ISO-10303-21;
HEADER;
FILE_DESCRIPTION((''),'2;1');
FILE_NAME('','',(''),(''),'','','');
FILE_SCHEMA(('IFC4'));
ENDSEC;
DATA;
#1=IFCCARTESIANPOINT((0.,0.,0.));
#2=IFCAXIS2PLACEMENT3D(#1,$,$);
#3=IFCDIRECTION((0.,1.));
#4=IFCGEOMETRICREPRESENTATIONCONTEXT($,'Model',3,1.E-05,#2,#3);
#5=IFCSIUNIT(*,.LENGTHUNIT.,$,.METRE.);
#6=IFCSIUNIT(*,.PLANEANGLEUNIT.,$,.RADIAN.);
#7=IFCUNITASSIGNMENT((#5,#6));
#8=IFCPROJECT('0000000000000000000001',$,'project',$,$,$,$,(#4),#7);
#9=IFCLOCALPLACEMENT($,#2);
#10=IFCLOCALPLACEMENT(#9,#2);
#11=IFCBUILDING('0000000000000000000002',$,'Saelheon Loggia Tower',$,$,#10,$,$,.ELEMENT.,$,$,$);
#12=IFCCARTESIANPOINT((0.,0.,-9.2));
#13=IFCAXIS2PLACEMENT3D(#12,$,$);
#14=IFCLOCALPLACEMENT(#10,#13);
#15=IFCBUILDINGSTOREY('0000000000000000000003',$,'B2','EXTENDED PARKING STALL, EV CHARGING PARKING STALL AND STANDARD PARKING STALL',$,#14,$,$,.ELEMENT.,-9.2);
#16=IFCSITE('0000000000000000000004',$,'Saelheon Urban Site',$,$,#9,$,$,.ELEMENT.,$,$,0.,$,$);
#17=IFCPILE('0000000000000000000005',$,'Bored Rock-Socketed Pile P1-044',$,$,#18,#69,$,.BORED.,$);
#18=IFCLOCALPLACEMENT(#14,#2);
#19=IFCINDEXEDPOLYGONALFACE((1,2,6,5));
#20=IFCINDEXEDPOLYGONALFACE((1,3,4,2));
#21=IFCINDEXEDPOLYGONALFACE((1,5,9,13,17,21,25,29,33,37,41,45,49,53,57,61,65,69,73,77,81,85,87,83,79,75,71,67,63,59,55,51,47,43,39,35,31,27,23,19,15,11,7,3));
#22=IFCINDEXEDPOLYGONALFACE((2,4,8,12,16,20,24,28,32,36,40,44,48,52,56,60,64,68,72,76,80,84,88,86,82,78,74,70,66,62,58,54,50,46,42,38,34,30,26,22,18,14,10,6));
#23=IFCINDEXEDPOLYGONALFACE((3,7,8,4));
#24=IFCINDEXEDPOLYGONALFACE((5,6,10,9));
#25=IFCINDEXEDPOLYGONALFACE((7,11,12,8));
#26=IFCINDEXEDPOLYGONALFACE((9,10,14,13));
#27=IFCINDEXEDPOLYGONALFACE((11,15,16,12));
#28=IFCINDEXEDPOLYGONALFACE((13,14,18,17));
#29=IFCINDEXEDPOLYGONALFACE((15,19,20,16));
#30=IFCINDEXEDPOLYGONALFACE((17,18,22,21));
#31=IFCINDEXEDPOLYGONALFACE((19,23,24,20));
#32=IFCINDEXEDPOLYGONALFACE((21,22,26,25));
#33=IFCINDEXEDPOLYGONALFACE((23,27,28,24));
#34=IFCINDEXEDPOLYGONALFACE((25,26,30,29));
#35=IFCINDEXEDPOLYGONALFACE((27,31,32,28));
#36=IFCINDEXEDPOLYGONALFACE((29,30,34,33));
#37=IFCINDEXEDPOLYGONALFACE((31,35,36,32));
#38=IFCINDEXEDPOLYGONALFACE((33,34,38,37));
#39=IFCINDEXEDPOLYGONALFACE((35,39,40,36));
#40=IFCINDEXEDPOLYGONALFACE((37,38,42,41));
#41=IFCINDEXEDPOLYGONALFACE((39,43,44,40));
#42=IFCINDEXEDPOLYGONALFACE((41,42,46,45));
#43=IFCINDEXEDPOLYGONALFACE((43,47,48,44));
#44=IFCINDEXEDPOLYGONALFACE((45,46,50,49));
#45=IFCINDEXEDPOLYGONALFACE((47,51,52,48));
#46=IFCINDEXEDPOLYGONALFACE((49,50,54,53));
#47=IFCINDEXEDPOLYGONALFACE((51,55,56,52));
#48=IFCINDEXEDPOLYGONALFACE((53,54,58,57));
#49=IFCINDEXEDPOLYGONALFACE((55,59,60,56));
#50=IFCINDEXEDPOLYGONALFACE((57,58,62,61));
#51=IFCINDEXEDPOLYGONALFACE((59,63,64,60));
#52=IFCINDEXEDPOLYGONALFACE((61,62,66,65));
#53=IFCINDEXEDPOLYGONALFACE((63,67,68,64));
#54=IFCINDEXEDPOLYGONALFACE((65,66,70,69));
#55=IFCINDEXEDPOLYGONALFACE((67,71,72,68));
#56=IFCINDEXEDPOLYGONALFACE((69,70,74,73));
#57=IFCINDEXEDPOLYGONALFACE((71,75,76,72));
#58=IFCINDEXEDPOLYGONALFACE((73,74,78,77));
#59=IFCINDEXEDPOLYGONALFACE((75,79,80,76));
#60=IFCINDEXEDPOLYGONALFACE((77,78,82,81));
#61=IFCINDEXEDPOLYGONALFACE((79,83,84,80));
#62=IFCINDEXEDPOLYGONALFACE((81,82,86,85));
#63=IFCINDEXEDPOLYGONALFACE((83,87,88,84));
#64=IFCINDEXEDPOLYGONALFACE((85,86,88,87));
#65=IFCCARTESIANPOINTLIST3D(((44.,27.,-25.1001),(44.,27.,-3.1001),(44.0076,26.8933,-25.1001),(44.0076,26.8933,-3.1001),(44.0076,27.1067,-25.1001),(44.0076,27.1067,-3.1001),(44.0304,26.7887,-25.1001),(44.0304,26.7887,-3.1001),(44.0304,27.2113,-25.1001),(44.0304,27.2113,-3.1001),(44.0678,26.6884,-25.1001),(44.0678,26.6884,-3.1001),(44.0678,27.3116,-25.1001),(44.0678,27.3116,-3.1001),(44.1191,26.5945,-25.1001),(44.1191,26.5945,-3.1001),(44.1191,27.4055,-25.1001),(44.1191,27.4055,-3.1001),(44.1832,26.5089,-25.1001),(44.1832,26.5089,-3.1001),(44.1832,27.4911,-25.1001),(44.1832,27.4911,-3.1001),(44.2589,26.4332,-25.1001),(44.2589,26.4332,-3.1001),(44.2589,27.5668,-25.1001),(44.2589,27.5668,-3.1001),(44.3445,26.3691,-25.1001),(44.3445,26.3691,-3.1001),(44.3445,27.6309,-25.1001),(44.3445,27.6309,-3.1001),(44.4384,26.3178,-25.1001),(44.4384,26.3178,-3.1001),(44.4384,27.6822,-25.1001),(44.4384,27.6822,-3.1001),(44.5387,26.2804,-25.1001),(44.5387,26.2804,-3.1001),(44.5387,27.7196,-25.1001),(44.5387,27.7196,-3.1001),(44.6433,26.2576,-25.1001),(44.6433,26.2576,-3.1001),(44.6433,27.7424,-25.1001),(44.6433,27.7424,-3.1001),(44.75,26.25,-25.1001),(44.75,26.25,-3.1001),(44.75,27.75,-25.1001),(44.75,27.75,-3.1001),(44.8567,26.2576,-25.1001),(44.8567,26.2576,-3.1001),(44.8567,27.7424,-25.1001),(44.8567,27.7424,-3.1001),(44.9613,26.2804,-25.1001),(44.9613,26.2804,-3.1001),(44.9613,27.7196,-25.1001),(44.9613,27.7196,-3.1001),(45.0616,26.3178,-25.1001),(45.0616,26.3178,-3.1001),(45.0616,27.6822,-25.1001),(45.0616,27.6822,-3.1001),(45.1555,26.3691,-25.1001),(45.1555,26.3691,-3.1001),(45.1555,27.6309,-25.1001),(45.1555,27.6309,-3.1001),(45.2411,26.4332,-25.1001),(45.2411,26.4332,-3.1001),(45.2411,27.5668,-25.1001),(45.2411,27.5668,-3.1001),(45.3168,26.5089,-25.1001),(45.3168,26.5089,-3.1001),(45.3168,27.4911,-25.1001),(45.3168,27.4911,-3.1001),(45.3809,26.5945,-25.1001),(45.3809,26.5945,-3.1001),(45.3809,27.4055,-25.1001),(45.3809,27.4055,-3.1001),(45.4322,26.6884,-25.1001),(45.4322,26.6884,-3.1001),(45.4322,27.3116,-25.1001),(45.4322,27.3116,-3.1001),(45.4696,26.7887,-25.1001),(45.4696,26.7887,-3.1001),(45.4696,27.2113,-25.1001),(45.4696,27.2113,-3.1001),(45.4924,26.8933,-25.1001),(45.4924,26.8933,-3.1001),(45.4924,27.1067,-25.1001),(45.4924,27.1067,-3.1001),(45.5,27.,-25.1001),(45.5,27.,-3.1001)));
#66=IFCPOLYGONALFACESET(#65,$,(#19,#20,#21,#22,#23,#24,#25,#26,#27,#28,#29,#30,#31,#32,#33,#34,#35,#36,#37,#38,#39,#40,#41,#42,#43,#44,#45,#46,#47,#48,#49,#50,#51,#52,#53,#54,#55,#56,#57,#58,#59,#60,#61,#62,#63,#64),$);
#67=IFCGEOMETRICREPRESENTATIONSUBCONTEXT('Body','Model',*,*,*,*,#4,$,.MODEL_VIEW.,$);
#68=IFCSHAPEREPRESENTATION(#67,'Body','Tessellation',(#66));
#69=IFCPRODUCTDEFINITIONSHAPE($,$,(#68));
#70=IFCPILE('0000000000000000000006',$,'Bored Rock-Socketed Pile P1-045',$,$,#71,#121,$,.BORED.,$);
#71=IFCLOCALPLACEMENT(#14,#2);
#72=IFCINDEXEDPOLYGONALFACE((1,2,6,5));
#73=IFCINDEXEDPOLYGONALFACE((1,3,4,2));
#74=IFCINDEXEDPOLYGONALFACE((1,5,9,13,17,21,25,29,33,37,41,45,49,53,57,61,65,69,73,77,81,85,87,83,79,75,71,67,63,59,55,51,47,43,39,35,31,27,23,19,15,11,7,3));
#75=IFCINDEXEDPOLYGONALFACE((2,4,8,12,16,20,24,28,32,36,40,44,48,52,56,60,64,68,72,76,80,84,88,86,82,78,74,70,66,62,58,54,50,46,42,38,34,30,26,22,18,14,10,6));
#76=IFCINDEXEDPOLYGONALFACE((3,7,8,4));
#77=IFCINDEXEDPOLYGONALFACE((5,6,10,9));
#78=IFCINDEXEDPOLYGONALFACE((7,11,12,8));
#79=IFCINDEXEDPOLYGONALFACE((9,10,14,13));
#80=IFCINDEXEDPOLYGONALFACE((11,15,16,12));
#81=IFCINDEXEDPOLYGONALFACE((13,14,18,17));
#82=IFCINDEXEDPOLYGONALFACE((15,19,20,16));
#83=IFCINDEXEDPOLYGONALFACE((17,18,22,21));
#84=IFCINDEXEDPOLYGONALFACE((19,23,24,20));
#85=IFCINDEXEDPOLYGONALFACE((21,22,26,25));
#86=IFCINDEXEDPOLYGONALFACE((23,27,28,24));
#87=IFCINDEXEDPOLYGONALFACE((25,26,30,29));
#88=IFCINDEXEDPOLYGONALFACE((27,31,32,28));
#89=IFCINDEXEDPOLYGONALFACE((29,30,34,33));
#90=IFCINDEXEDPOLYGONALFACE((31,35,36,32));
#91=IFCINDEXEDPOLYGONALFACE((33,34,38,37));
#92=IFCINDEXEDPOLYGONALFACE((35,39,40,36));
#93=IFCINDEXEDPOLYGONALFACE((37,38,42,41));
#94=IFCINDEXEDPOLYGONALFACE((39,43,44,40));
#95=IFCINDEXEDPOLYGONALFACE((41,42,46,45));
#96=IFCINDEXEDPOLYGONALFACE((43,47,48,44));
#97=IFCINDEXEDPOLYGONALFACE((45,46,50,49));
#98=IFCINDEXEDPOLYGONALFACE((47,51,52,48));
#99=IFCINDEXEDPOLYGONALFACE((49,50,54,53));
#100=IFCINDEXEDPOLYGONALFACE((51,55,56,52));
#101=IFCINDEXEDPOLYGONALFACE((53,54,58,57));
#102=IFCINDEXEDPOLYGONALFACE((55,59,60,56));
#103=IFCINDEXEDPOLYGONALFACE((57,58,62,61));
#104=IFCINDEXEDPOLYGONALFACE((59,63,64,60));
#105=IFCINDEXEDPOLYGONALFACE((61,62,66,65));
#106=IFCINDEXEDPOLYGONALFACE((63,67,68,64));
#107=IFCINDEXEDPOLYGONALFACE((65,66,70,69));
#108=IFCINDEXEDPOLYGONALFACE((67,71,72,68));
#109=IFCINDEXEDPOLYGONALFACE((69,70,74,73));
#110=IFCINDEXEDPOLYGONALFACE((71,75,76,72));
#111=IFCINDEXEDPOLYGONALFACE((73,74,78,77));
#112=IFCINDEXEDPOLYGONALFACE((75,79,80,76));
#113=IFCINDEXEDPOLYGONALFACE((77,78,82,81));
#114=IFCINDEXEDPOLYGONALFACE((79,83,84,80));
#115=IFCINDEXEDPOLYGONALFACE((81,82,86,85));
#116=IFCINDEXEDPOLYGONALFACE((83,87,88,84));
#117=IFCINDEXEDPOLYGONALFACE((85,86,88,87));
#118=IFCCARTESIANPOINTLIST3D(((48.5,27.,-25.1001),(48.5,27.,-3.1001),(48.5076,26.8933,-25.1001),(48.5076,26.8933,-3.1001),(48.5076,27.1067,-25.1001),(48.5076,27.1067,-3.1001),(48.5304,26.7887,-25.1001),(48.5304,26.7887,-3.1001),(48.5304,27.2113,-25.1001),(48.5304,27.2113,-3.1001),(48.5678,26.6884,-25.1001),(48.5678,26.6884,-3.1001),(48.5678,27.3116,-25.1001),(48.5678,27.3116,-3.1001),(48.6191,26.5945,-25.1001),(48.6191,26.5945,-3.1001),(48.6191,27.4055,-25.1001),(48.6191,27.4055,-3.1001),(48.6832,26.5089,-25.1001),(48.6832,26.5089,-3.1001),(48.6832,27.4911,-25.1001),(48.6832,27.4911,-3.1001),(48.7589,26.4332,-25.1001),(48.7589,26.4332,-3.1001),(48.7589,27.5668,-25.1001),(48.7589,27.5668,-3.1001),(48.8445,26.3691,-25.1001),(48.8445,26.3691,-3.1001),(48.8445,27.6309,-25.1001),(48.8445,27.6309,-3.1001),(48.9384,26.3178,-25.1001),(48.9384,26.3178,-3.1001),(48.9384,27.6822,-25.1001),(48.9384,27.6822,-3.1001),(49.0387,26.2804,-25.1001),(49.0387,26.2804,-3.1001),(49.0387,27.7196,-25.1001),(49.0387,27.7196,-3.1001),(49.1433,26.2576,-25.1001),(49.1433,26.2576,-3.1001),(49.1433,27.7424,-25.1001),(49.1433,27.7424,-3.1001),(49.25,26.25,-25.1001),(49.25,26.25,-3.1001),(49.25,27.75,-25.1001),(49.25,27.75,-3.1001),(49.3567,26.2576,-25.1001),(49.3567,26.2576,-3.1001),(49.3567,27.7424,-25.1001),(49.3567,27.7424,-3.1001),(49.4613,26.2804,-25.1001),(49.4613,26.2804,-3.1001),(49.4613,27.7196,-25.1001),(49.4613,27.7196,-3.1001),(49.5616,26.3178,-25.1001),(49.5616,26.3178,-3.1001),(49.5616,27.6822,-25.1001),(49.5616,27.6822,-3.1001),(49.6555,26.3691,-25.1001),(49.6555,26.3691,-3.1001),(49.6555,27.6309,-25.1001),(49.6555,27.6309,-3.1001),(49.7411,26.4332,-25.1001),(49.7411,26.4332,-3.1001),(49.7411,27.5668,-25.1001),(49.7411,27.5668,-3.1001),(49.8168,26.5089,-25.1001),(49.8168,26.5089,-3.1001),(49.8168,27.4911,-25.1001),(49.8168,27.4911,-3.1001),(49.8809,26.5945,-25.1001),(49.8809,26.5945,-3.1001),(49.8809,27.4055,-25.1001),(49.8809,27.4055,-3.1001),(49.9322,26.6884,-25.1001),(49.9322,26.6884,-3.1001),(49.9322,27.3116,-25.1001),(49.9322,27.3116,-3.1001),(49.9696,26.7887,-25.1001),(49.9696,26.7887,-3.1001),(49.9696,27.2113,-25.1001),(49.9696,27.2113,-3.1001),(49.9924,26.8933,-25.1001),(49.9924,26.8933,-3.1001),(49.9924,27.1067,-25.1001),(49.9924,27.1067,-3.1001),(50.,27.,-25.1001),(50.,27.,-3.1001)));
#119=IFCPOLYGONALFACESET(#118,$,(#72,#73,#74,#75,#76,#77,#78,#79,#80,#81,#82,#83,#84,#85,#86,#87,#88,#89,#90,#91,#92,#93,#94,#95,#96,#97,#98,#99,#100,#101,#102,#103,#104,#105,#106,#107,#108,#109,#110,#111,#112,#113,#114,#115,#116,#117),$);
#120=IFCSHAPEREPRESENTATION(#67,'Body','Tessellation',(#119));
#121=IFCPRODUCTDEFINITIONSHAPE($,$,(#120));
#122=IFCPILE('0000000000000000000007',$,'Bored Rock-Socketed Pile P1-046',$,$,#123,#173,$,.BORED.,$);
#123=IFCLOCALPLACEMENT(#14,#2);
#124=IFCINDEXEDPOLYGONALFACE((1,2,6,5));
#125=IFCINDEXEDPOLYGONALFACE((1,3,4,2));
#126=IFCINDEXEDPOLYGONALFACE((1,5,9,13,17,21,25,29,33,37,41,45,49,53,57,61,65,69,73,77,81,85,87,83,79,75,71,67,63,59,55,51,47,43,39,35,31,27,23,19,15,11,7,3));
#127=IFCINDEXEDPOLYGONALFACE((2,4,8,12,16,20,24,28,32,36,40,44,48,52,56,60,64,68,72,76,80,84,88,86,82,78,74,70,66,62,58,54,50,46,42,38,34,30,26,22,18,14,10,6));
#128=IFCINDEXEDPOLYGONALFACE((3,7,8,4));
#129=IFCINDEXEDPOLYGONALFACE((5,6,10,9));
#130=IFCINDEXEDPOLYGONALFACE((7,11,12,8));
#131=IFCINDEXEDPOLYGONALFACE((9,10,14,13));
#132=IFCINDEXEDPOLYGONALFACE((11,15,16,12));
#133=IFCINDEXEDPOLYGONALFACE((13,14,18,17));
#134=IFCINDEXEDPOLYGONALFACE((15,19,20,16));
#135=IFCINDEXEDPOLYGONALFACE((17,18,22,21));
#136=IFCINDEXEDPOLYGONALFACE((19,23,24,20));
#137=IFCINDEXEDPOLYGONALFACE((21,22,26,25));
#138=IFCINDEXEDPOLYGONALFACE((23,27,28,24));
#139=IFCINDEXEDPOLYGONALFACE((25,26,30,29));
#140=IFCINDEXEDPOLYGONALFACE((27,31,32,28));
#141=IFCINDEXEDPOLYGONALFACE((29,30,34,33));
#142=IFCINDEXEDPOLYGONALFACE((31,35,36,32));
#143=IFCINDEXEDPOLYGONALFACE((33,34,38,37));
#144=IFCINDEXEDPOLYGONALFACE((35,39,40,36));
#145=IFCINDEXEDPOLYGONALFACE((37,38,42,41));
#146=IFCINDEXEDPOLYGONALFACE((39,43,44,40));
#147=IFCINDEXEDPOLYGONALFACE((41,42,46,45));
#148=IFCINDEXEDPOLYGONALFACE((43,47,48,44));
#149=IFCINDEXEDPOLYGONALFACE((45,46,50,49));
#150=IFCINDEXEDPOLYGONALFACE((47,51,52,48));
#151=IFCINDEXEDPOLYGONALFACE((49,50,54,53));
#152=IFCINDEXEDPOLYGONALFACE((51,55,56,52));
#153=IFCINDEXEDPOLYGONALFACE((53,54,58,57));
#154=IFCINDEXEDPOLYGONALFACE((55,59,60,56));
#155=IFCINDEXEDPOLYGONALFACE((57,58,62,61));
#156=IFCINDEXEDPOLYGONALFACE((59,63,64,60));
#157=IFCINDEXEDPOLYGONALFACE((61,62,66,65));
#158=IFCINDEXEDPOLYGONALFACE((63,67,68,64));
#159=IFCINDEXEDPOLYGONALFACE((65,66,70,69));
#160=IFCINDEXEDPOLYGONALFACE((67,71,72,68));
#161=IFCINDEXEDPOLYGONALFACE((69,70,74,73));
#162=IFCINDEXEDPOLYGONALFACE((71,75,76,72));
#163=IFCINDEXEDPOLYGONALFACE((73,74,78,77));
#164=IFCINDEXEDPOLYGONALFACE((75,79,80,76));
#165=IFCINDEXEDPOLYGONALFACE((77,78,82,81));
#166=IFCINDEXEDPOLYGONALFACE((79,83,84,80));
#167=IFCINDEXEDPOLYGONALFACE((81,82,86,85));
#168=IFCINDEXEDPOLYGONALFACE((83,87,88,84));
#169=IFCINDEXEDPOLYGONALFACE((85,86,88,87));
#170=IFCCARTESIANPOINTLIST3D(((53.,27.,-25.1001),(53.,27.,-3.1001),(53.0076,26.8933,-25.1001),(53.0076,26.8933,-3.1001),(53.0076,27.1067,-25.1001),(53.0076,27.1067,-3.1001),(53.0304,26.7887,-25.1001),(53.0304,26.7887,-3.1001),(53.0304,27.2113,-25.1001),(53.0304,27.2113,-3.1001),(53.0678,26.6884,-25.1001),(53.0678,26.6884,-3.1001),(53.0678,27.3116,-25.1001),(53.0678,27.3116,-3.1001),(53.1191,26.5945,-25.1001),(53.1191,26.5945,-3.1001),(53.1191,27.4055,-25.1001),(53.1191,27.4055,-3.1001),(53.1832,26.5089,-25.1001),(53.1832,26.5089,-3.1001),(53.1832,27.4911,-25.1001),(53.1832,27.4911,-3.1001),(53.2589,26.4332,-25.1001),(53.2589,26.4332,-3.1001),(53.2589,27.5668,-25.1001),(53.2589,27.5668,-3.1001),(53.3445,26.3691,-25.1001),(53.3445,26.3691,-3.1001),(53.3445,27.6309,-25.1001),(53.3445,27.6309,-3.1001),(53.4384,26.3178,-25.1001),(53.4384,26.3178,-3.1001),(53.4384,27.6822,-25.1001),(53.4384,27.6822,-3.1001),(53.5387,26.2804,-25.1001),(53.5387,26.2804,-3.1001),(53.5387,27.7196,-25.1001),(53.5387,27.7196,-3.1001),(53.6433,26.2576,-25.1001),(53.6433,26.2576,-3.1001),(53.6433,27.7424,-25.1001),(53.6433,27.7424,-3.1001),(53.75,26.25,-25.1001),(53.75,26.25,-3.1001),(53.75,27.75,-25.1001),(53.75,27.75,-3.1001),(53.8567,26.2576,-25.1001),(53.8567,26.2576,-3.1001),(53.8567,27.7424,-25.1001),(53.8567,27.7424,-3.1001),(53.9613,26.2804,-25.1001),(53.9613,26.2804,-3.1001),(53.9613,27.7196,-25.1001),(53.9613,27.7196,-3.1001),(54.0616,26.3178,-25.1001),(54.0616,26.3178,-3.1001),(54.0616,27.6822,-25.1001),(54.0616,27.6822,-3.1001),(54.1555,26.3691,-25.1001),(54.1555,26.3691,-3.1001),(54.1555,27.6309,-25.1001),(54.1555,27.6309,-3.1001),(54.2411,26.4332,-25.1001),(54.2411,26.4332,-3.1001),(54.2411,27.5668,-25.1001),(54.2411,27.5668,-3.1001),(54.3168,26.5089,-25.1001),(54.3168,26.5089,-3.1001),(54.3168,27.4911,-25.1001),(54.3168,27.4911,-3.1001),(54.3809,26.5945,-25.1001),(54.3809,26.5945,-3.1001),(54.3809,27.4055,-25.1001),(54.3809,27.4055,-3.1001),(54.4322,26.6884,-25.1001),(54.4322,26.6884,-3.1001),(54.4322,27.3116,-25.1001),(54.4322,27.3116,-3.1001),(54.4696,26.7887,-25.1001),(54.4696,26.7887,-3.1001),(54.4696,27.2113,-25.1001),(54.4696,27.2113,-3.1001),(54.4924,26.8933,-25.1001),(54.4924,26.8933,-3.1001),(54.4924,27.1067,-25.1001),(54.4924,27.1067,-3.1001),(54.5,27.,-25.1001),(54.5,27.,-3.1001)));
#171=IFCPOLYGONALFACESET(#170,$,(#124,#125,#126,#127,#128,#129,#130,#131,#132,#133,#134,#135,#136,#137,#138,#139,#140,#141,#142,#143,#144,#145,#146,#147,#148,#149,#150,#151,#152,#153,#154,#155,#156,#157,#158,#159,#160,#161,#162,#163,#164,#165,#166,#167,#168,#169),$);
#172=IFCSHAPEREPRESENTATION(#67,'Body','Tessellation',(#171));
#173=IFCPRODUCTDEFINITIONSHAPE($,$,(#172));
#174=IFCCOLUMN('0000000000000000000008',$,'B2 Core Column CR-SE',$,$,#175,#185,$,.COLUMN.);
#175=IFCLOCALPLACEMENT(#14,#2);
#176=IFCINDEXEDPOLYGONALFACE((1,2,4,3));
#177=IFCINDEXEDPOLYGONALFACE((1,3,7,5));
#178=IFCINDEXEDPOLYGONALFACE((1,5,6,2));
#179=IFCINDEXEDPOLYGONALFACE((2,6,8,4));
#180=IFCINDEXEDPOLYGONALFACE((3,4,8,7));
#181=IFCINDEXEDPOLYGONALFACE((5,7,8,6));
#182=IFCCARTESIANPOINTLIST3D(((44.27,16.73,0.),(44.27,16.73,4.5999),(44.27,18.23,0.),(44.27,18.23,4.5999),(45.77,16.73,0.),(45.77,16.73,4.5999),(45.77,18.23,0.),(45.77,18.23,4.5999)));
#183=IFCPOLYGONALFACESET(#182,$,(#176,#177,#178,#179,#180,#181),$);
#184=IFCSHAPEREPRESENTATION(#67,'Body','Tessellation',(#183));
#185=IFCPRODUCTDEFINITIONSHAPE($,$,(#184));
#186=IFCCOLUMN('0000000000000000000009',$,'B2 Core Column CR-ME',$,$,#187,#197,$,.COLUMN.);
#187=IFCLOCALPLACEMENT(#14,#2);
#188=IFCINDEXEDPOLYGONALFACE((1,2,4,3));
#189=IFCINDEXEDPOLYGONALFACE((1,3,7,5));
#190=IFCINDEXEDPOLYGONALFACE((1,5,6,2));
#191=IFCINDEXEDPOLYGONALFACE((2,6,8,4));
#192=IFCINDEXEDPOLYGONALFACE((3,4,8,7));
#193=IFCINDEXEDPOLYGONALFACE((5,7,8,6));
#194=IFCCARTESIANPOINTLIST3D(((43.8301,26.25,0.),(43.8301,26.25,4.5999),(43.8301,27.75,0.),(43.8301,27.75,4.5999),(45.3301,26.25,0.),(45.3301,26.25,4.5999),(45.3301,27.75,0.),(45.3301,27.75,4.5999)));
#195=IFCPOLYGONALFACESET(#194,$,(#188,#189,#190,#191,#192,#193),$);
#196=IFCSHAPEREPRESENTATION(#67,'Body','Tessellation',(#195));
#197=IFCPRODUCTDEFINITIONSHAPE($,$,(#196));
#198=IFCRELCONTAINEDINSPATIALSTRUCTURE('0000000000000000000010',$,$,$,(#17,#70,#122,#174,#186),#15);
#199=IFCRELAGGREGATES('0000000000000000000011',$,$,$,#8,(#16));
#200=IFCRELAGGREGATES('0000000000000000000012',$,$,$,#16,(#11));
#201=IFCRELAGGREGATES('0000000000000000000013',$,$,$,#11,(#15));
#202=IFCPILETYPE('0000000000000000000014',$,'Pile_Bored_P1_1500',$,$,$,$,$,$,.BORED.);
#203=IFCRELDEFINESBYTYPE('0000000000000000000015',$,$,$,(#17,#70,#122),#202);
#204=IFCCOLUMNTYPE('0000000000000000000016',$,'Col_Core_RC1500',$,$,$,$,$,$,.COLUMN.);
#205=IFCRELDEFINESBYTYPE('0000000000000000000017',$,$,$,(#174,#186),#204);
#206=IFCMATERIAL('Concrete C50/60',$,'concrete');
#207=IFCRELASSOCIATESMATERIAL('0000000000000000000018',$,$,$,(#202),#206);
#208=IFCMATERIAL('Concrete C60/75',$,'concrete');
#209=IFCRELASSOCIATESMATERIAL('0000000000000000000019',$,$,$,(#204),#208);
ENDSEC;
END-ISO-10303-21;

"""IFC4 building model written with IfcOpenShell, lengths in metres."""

from ifc_helpers import new_model, si_unit, direction, frame, origin, origin_2d, place, context, subcontext, project, spatial, rectangle, circle, extrude, source, transform, mapped, material, material_profile, profile_set, type_object, element, save


model = new_model("IFC4")

# Units and contexts
model_context = context("Model", 3, precision=1e-05, world=origin(), true_north=direction((0.0, 1.0)))
body_context = subcontext(model_context, "Body", "Model", "MODEL_VIEW")
ifc_project = project(units=[si_unit("LENGTHUNIT", "METRE"), si_unit("PLANEANGLEUNIT", "RADIAN")], contexts=[model_context])

# Site, building, storey
site_placement = place(None, origin())
site = spatial("IfcSite", under=ifc_project, at=site_placement, Name="Saelheon Urban Site", CompositionType="ELEMENT", RefElevation=0.0)
building_placement = place(site_placement, origin())
building = spatial("IfcBuilding", under=site, at=building_placement, Name="Saelheon Loggia Tower", CompositionType="ELEMENT")
storey_placement = place(building_placement, frame((0.0, 0.0, -9.2)))
storey = spatial("IfcBuildingStorey", under=building, at=storey_placement, Name="B2", Description="EXTENDED PARKING STALL, EV CHARGING PARKING STALL AND STANDARD PARKING STALL", CompositionType="ELEMENT", Elevation=-9.2)

# Piles
ifc_material_1 = material(Name="Concrete C50/60", Category="concrete")
ifc_material_profile_1 = material_profile(ifc_material_1, circle(Radius=0.75, at=origin_2d()), Name="CIRC-1500")
ifc_profile_set_1 = profile_set([ifc_material_profile_1], Name="Concrete C50/60")
pile_type = type_object("IfcPileType", Name="Pile_Bored_P1_1500", PredefinedType="BORED", material=ifc_profile_set_1)
shared_shape_1 = source(origin(), body_context, "Body", "SweptSolid", [
    extrude(circle(Radius=0.75, at=origin_2d()), origin(), (0.0, 0.0, 1.0), 22.0),
])
for number, where, z_axis, x_axis, name in (
    (1, (44.75, 27.0, -3.1001), (0.0, 0.0, -1.0), (1.0, 0.0, 0.0), "Bored Rock-Socketed Pile P1-044"),
    (2, (49.25, 27.0, -3.1001), (0.0, 0.0, -1.0), (1.0, 0.0, 0.0), "Bored Rock-Socketed Pile P1-045"),
    (3, (53.75, 27.0, -3.1001), (0.0, 0.0, -1.0), (1.0, 0.0, 0.0), "Bored Rock-Socketed Pile P1-046"),
):
    element("IfcPile", number, at=place(storey_placement, frame(where, z_axis=z_axis, x_axis=x_axis)), inside=storey, type_object=pile_type, Name=name, PredefinedType="BORED", context=body_context, shape_type="MappedRepresentation", body=[
        mapped(shared_shape_1, transform((0.0, 0.0, 0.0), scale=1.0)),
    ])

# Columns
ifc_material_2 = material(Name="Concrete C60/75", Category="concrete")
ifc_material_profile_2 = material_profile(ifc_material_2, rectangle(XDim=1.5, YDim=1.5, at=origin_2d()), Name="RC-1500x1500")
ifc_profile_set_2 = profile_set([ifc_material_profile_2], Name="Concrete C60/75")
column_type = type_object("IfcColumnType", Name="Col_Core_RC1500", PredefinedType="COLUMN", material=ifc_profile_set_2)
shared_shape_2 = source(origin(), body_context, "Body", "SweptSolid", [
    extrude(rectangle(XDim=1.5, YDim=1.5, at=origin_2d()), origin(), (0.0, 0.0, 1.0), 4.5999),
])
for number, where, z_axis, x_axis, name in (
    (4, (45.02, 17.48, 0.0), (0.0, 0.0, 1.0), (1.0, 0.0, 0.0), "B2 Core Column CR-SE"),
    (5, (44.5801, 27.0, 0.0), (0.0, 0.0, 1.0), (1.0, 0.0, 0.0), "B2 Core Column CR-ME"),
):
    element("IfcColumn", number, at=place(storey_placement, frame(where, z_axis=z_axis, x_axis=x_axis)), inside=storey, type_object=column_type, Name=name, PredefinedType="COLUMN", context=body_context, shape_type="MappedRepresentation", body=[
        mapped(shared_shape_2, transform((0.0, 0.0, 0.0), scale=1.0)),
    ])

save(model, "model.ifc")
